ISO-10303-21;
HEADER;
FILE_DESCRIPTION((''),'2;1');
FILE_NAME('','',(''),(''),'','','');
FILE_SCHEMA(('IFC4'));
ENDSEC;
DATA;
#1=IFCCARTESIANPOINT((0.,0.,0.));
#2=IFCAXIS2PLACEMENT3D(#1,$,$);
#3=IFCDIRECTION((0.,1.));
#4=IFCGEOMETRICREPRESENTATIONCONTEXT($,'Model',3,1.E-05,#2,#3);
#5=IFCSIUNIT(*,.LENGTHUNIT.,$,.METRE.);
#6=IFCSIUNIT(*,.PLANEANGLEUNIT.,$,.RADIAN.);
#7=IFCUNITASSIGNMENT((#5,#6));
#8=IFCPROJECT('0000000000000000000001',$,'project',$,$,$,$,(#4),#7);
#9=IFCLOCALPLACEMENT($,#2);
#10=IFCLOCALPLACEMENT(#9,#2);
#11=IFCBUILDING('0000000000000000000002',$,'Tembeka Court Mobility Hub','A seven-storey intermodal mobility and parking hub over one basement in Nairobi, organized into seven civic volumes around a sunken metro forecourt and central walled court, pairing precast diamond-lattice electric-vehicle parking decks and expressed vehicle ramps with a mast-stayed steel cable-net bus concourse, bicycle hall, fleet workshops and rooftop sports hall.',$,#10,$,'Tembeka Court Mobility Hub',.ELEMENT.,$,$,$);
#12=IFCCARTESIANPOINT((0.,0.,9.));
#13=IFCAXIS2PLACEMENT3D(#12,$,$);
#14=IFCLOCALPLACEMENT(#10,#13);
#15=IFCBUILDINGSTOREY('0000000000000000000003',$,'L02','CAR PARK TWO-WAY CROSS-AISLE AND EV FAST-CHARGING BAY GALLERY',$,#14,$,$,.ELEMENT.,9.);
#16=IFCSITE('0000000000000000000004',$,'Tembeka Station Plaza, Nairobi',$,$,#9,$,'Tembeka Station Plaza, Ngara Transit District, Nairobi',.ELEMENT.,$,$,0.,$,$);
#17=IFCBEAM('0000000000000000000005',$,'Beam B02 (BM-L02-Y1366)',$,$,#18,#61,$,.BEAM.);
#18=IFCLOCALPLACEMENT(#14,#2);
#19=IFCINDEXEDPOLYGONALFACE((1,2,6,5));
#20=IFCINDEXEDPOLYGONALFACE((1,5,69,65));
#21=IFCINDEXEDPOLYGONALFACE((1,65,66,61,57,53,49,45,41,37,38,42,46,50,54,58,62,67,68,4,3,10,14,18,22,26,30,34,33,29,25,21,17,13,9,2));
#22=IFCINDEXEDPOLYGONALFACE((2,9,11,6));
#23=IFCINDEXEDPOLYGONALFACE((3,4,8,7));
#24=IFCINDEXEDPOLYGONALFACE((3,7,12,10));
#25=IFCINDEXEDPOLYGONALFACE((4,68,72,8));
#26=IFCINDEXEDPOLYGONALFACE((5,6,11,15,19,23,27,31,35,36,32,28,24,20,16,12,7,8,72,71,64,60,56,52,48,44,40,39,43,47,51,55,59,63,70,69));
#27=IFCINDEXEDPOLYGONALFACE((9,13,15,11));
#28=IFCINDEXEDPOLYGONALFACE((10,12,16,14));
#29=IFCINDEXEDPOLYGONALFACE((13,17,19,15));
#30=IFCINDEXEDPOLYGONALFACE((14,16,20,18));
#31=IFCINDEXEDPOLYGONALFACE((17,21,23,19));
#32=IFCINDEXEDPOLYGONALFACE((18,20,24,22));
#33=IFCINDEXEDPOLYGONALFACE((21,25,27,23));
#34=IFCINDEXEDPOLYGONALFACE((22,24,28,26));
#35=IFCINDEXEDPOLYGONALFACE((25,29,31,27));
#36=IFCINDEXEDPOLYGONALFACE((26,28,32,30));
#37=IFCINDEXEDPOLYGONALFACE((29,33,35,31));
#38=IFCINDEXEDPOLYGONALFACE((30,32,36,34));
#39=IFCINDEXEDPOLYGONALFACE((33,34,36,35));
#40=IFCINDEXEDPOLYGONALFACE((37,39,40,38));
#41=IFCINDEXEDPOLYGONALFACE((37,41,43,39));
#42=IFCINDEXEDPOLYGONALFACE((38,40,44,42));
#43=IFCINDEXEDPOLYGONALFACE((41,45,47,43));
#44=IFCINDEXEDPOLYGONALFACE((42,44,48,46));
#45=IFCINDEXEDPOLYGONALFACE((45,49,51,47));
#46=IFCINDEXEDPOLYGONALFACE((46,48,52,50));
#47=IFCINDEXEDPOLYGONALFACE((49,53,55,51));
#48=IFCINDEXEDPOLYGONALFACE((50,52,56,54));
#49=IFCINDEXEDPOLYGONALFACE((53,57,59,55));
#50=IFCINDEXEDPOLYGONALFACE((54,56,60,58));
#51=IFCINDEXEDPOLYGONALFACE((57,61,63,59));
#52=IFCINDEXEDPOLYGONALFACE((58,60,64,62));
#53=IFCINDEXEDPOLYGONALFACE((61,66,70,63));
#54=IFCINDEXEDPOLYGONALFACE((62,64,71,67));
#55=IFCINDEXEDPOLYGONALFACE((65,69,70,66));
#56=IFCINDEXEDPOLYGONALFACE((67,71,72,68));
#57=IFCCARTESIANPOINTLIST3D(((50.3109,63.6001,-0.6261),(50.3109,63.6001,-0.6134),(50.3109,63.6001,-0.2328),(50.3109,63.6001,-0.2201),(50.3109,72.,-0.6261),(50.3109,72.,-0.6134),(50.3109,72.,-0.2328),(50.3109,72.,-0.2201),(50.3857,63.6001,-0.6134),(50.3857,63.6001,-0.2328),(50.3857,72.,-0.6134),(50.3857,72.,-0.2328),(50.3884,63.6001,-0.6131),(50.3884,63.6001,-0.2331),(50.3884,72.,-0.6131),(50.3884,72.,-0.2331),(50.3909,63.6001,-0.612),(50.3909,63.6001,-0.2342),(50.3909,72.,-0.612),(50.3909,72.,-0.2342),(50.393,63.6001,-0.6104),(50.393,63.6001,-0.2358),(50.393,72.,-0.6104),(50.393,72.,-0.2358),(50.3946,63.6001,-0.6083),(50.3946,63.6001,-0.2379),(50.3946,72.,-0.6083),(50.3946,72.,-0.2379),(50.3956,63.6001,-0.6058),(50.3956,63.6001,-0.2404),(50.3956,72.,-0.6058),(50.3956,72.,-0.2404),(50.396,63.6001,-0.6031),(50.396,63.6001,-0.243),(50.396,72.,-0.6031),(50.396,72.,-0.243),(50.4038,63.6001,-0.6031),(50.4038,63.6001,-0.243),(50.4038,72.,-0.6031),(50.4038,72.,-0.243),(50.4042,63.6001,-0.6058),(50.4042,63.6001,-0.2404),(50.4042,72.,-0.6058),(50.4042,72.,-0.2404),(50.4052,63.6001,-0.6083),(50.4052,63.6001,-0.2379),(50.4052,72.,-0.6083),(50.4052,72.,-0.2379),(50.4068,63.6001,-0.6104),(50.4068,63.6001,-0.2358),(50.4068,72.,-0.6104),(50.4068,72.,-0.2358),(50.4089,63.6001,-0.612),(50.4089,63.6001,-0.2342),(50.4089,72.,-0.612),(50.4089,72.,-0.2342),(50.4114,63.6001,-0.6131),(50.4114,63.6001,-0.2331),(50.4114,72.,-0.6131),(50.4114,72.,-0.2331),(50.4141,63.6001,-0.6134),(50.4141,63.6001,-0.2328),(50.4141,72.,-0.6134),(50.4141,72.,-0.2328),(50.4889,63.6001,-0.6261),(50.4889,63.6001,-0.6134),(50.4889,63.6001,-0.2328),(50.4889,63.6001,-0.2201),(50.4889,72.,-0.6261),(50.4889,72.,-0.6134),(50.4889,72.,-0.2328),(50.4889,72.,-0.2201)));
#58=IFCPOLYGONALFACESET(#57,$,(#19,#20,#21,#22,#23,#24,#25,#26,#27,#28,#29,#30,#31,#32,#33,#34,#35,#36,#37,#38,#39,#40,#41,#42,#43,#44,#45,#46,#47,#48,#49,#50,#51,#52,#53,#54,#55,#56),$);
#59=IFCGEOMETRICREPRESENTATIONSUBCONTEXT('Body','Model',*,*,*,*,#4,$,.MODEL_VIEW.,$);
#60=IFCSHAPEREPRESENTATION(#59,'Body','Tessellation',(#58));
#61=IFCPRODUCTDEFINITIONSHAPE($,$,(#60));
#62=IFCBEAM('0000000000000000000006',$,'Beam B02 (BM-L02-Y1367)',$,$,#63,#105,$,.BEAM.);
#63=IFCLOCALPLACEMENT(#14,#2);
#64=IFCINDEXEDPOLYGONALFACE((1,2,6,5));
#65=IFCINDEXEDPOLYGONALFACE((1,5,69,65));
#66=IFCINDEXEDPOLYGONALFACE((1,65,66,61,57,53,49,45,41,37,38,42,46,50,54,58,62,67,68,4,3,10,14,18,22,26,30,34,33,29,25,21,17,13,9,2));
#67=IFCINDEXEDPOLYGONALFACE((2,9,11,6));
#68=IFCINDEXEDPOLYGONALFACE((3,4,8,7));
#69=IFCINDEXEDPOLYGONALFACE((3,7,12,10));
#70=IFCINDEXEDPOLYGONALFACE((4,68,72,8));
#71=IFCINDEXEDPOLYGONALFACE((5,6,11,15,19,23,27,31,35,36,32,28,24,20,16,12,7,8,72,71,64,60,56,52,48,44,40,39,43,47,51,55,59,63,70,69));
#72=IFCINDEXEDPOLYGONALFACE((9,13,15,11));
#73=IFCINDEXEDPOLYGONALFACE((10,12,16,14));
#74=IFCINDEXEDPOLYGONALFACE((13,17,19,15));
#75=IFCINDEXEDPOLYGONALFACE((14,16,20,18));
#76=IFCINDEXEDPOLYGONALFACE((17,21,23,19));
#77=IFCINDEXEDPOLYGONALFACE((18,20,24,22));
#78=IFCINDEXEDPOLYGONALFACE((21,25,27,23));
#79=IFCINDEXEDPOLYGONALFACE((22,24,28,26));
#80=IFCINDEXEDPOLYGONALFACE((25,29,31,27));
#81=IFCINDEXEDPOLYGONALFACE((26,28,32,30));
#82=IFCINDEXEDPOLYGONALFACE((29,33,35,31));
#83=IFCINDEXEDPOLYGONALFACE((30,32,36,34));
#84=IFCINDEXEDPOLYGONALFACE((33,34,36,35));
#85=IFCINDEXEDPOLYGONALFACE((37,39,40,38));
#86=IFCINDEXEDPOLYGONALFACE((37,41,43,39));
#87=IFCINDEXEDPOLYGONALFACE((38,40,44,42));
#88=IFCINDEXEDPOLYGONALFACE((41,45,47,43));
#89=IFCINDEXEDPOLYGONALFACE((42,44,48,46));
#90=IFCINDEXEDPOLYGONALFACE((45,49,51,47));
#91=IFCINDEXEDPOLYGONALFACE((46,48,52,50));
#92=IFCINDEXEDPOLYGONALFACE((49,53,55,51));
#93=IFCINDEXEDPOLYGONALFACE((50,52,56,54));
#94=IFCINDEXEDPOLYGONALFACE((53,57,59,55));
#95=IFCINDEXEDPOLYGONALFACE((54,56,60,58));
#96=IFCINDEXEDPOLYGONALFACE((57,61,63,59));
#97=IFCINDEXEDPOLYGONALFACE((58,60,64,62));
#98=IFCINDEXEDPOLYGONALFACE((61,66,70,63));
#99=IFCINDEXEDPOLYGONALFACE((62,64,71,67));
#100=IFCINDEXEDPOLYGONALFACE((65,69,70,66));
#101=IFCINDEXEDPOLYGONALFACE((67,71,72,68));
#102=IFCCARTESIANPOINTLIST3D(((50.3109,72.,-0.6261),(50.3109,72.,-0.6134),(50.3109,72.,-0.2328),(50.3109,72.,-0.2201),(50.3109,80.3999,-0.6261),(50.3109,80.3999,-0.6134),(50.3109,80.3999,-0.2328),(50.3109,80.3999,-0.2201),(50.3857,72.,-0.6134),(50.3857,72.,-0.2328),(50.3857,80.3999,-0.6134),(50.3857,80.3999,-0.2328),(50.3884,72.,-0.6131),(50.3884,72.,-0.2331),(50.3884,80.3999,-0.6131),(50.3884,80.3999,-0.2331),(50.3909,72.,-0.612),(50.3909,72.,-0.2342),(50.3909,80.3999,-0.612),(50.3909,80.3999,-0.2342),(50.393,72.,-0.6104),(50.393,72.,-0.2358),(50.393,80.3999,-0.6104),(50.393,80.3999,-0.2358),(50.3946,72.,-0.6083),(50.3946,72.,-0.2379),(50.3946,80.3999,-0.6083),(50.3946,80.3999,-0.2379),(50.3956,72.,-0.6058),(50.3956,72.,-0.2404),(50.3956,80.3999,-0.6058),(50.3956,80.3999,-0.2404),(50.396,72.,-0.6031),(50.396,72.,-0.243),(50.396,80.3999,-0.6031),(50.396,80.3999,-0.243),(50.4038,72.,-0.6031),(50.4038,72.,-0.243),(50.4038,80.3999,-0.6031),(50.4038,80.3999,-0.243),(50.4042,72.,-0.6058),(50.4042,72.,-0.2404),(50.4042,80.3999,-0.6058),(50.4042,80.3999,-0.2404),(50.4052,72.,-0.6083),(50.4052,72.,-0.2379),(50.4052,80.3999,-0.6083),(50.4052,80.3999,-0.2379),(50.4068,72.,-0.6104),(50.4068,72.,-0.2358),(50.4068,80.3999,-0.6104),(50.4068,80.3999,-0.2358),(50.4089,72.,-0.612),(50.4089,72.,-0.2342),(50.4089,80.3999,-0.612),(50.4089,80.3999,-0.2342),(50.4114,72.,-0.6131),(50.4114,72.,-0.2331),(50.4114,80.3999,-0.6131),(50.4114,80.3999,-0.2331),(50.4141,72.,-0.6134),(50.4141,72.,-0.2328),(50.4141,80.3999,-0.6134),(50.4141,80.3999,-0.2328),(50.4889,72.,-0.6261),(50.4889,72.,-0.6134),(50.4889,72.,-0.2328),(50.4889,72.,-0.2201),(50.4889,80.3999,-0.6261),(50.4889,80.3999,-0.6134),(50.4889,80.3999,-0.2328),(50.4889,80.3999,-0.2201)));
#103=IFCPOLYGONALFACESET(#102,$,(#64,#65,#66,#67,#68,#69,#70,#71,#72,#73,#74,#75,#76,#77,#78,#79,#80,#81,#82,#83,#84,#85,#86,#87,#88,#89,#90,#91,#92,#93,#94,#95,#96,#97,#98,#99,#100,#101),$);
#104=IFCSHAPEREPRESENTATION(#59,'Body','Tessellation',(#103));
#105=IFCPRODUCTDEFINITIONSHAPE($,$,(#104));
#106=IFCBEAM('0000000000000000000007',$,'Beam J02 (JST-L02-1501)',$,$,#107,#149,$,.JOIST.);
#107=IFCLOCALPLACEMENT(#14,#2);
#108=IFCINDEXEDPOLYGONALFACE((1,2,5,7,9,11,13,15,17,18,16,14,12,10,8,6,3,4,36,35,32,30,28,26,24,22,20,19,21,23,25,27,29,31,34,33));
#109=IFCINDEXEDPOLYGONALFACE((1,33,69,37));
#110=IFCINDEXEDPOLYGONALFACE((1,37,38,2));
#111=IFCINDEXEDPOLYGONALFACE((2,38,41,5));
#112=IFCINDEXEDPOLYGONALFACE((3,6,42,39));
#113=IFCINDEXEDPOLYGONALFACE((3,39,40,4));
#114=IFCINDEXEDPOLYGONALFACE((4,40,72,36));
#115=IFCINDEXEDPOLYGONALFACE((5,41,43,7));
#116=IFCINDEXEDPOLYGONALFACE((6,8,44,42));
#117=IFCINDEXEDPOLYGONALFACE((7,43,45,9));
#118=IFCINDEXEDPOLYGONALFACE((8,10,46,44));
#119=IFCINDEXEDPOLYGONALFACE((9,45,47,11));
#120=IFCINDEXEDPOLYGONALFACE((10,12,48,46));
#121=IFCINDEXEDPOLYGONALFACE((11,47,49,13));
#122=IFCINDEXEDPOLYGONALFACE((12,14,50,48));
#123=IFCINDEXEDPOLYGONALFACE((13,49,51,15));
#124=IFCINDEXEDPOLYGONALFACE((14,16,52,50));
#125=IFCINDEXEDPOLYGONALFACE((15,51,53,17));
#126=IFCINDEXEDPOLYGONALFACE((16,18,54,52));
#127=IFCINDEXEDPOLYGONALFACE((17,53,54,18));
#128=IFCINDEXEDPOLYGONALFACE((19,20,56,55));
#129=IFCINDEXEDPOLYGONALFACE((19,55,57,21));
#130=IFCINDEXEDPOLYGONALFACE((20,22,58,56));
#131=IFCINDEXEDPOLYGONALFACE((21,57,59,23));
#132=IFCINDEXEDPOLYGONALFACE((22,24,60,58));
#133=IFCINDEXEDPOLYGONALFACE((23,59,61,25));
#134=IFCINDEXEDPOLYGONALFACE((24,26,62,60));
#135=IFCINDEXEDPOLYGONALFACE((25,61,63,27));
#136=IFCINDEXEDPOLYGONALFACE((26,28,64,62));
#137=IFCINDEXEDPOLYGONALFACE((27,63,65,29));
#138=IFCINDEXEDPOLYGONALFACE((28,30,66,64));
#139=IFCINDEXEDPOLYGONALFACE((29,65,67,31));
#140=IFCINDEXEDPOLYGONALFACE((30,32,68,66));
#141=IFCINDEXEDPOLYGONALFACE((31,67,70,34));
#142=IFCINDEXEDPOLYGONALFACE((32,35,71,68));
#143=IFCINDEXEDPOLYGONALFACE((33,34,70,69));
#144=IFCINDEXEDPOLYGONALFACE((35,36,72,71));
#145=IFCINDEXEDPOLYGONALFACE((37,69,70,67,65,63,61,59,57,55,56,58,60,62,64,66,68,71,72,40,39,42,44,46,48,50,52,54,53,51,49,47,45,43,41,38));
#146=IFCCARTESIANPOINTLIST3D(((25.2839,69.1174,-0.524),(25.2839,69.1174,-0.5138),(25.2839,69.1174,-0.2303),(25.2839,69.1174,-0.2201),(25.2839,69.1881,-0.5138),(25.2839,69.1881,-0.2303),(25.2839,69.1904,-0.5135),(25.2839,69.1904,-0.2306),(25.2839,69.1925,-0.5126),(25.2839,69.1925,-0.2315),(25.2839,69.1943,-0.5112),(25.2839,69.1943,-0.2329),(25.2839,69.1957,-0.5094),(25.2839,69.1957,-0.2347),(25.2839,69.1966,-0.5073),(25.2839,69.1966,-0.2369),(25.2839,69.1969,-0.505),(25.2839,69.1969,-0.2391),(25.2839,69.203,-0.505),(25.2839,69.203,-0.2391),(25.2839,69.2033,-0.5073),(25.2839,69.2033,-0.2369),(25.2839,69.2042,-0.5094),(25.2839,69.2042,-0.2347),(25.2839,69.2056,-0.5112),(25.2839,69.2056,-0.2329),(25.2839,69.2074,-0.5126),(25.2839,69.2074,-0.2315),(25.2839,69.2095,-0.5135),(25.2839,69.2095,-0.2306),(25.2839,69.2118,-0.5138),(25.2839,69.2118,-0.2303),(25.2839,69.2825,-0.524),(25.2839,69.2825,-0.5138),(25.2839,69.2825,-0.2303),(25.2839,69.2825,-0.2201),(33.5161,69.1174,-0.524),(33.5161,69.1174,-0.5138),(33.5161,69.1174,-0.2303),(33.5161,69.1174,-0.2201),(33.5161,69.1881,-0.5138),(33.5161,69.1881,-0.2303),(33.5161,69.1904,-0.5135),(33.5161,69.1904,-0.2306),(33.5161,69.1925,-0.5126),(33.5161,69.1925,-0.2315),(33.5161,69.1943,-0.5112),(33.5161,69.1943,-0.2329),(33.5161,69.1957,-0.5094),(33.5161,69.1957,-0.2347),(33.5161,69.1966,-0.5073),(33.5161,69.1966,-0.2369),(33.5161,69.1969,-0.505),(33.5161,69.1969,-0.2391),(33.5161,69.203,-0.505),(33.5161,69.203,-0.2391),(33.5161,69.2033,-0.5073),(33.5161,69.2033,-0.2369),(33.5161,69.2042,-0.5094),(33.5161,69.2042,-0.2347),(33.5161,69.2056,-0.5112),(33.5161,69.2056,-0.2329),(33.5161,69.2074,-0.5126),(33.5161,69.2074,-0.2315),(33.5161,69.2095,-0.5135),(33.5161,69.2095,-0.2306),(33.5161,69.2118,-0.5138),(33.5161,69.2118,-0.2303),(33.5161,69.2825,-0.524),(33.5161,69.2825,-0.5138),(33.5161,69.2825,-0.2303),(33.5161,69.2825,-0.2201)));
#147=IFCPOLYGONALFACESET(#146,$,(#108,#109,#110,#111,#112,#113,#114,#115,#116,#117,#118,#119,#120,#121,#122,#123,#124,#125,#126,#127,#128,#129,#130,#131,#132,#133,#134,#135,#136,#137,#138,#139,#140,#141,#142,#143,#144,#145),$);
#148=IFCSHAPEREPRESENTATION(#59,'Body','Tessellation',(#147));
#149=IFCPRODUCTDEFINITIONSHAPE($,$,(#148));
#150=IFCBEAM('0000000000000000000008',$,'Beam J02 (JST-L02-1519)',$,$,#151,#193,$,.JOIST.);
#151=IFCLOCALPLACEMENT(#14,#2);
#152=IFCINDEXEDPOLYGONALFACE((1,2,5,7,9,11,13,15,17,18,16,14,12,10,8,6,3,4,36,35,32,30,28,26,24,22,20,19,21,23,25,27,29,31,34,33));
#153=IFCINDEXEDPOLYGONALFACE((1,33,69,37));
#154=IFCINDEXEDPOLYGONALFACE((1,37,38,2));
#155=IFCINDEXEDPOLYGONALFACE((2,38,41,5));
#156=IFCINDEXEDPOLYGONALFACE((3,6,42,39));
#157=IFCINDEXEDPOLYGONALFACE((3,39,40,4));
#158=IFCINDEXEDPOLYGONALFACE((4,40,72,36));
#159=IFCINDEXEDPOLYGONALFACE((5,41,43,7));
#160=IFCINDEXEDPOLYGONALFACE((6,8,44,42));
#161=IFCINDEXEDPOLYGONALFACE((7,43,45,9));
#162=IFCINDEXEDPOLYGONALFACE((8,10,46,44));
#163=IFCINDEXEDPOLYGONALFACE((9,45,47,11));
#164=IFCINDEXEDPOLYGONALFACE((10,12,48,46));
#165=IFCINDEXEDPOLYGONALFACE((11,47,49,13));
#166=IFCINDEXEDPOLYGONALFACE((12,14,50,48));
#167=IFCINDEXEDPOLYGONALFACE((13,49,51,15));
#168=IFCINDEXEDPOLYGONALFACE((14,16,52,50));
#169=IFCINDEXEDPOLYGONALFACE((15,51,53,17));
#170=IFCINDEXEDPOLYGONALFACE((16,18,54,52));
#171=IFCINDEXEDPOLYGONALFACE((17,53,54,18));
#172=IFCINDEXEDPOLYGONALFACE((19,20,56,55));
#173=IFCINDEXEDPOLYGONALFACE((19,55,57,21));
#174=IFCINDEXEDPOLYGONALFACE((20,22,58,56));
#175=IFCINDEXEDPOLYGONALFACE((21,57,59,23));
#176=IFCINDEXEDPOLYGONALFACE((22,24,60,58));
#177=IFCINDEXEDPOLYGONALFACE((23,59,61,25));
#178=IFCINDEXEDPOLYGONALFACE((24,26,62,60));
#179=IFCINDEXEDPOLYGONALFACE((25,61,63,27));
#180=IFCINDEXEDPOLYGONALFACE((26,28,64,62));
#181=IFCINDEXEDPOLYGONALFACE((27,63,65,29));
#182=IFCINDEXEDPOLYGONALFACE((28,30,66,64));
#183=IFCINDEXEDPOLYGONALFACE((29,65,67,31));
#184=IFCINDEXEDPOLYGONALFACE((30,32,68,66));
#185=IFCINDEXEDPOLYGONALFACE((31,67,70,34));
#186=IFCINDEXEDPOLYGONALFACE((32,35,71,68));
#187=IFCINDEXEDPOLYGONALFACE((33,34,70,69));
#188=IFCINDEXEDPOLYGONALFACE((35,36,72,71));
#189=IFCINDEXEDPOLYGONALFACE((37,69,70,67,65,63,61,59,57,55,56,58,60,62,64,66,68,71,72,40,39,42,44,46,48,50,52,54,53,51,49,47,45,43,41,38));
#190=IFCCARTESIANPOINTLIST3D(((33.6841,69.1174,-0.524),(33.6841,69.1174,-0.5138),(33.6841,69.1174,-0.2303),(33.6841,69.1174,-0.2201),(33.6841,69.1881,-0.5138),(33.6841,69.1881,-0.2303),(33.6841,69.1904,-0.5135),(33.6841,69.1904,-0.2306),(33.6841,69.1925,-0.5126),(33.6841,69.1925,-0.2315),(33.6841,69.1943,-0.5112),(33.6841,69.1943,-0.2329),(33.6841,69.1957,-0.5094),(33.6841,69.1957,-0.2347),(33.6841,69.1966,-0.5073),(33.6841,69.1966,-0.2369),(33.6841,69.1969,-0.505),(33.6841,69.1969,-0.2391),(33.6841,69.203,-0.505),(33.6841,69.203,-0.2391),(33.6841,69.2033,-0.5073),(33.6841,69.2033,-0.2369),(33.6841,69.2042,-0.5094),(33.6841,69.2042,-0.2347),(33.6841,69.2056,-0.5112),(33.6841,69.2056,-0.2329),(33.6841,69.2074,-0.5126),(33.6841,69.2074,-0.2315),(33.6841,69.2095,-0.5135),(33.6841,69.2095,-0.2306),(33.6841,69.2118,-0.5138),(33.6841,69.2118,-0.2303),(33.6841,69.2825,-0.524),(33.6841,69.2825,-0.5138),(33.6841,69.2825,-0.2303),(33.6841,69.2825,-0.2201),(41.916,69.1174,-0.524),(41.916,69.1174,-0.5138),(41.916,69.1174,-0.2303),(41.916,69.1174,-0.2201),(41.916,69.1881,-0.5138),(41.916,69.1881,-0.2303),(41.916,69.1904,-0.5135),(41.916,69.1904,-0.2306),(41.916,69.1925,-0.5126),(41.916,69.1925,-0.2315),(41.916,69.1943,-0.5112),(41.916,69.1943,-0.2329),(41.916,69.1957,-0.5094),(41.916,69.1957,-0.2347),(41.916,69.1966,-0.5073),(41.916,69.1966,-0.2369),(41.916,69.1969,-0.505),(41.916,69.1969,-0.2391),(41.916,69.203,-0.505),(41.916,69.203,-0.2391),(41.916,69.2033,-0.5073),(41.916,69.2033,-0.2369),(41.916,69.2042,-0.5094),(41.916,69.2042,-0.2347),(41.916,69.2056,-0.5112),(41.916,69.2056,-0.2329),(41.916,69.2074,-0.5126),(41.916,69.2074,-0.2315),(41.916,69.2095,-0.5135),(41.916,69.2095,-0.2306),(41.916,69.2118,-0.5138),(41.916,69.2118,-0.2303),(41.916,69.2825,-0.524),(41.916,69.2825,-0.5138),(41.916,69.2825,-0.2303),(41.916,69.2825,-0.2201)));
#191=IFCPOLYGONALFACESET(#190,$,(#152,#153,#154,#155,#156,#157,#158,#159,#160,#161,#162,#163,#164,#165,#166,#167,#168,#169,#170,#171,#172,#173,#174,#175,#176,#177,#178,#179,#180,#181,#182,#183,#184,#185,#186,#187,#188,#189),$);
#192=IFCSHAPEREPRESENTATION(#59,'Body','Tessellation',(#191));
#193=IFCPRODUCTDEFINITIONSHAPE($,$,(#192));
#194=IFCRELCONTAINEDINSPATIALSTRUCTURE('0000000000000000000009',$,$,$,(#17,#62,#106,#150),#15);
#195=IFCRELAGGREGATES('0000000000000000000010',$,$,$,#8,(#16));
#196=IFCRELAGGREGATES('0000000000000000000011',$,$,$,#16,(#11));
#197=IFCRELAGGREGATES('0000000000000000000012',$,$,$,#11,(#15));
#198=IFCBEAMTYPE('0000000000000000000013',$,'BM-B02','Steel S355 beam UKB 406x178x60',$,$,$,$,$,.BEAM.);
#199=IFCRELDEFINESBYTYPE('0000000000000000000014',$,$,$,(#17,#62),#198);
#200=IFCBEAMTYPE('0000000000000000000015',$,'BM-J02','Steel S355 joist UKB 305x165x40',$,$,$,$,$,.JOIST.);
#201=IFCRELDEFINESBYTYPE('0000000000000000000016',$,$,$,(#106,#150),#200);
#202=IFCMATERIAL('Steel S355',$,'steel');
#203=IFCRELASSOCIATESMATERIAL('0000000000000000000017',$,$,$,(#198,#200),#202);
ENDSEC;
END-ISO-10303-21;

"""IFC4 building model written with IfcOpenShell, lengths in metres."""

from ifc_helpers import new_model, si_unit, direction, frame, origin, origin_2d, place, context, subcontext, project, spatial, i_section, extrude, material, material_profile, profile_set, type_object, element, save


model = new_model("IFC4")

# Units and contexts
model_context = context("Model", 3, precision=1e-05, world=origin(), true_north=direction((0.0, 1.0)))
body_context = subcontext(model_context, "Body", "Model", "MODEL_VIEW")
ifc_project = project(units=[si_unit("LENGTHUNIT", "METRE"), si_unit("PLANEANGLEUNIT", "RADIAN")], contexts=[model_context])

# Site, building, storey
site_placement = place(None, origin())
site = spatial("IfcSite", under=ifc_project, at=site_placement, Name="Tembeka Station Plaza, Nairobi", LongName="Tembeka Station Plaza, Ngara Transit District, Nairobi", CompositionType="ELEMENT", RefElevation=0.0)
building_placement = place(site_placement, origin())
building = spatial("IfcBuilding", under=site, at=building_placement, Name="Tembeka Court Mobility Hub", Description="A seven-storey intermodal mobility and parking hub over one basement in Nairobi, organized into seven civic volumes around a sunken metro forecourt and central walled court, pairing precast diamond-lattice electric-vehicle parking decks and expressed vehicle ramps with a mast-stayed steel cable-net bus concourse, bicycle hall, fleet workshops and rooftop sports hall.", LongName="Tembeka Court Mobility Hub", CompositionType="ELEMENT")
storey_placement = place(building_placement, frame((0.0, 0.0, 9.0)))
storey = spatial("IfcBuildingStorey", under=building, at=storey_placement, Name="L02", Description="CAR PARK TWO-WAY CROSS-AISLE AND EV FAST-CHARGING BAY GALLERY", CompositionType="ELEMENT", Elevation=9.0)

# Shared definitions
ifc_material = material(Name="Steel S355", Category="steel")

# Beams
ifc_material_profile_1 = material_profile(ifc_material, i_section(OverallWidth=0.178, OverallDepth=0.406, WebThickness=0.0078, FlangeThickness=0.0127, FilletRadius=0.0103, at=origin_2d()), Name="UKB 406x178x60")
ifc_profile_set_1 = profile_set([ifc_material_profile_1], Name="Steel S355")
beam_type_1 = type_object("IfcBeamType", Name="BM-B02", Description="Steel S355 beam UKB 406x178x60", PredefinedType="BEAM", material=ifc_profile_set_1)
for number, where, z_axis, x_axis, name in (
    (1, (50.3999, 63.6001, -0.4231), (0.0, 1.0, 0.0), (-1.0, 0.0, 0.0), "Beam B02 (BM-L02-Y1366)"),
    (2, (50.3999, 72.0, -0.4231), (0.0, 1.0, 0.0), (-1.0, 0.0, 0.0), "Beam B02 (BM-L02-Y1367)"),
):
    element("IfcBeam", number, at=place(storey_placement, frame(where, z_axis=z_axis, x_axis=x_axis)), inside=storey, type_object=beam_type_1, Name=name, PredefinedType="BEAM", context=body_context, shape_type="SweptSolid", body=[
        extrude(i_section(OverallWidth=0.178, OverallDepth=0.406, WebThickness=0.0078, FlangeThickness=0.0127, FilletRadius=0.0103, at=origin_2d()), origin(), (0.0, 0.0, 1.0), 8.3999),
    ])
ifc_material_profile_2 = material_profile(ifc_material, i_section(OverallWidth=0.165, OverallDepth=0.304, WebThickness=0.0061, FlangeThickness=0.0103, FilletRadius=0.0088, at=origin_2d()), Name="UKB 305x165x40")
ifc_profile_set_2 = profile_set([ifc_material_profile_2], Name="Steel S355")
beam_type_2 = type_object("IfcBeamType", Name="BM-J02", Description="Steel S355 joist UKB 305x165x40", PredefinedType="JOIST", material=ifc_profile_set_2)
beam_1_placement = place(storey_placement, frame((25.2839, 69.2, -0.3721), z_axis=(1.0, 0.0, 0.0), x_axis=(0.0, 1.0, 0.0)))
element("IfcBeam", 3, at=beam_1_placement, inside=storey, type_object=beam_type_2, Name="Beam J02 (JST-L02-1501)", PredefinedType="JOIST", context=body_context, shape_type="SweptSolid", body=[
    extrude(i_section(OverallWidth=0.165, OverallDepth=0.304, WebThickness=0.0061, FlangeThickness=0.0103, FilletRadius=0.0088, at=origin_2d()), origin(), (0.0, 0.0, 1.0), 8.2322),
])
for number, where, z_axis, x_axis, name in (
    (4, (33.6841, 69.2, -0.3721), (1.0, 0.0, 0.0), (0.0, 1.0, 0.0), "Beam J02 (JST-L02-1519)"),
):
    element("IfcBeam", number, at=place(storey_placement, frame(where, z_axis=z_axis, x_axis=x_axis)), inside=storey, type_object=beam_type_2, Name=name, PredefinedType="JOIST", context=body_context, shape_type="SweptSolid", body=[
        extrude(i_section(OverallWidth=0.165, OverallDepth=0.304, WebThickness=0.0061, FlangeThickness=0.0103, FilletRadius=0.0088, at=origin_2d()), origin(), (0.0, 0.0, 1.0), 8.2319),
    ])

save(model, "model.ifc")
